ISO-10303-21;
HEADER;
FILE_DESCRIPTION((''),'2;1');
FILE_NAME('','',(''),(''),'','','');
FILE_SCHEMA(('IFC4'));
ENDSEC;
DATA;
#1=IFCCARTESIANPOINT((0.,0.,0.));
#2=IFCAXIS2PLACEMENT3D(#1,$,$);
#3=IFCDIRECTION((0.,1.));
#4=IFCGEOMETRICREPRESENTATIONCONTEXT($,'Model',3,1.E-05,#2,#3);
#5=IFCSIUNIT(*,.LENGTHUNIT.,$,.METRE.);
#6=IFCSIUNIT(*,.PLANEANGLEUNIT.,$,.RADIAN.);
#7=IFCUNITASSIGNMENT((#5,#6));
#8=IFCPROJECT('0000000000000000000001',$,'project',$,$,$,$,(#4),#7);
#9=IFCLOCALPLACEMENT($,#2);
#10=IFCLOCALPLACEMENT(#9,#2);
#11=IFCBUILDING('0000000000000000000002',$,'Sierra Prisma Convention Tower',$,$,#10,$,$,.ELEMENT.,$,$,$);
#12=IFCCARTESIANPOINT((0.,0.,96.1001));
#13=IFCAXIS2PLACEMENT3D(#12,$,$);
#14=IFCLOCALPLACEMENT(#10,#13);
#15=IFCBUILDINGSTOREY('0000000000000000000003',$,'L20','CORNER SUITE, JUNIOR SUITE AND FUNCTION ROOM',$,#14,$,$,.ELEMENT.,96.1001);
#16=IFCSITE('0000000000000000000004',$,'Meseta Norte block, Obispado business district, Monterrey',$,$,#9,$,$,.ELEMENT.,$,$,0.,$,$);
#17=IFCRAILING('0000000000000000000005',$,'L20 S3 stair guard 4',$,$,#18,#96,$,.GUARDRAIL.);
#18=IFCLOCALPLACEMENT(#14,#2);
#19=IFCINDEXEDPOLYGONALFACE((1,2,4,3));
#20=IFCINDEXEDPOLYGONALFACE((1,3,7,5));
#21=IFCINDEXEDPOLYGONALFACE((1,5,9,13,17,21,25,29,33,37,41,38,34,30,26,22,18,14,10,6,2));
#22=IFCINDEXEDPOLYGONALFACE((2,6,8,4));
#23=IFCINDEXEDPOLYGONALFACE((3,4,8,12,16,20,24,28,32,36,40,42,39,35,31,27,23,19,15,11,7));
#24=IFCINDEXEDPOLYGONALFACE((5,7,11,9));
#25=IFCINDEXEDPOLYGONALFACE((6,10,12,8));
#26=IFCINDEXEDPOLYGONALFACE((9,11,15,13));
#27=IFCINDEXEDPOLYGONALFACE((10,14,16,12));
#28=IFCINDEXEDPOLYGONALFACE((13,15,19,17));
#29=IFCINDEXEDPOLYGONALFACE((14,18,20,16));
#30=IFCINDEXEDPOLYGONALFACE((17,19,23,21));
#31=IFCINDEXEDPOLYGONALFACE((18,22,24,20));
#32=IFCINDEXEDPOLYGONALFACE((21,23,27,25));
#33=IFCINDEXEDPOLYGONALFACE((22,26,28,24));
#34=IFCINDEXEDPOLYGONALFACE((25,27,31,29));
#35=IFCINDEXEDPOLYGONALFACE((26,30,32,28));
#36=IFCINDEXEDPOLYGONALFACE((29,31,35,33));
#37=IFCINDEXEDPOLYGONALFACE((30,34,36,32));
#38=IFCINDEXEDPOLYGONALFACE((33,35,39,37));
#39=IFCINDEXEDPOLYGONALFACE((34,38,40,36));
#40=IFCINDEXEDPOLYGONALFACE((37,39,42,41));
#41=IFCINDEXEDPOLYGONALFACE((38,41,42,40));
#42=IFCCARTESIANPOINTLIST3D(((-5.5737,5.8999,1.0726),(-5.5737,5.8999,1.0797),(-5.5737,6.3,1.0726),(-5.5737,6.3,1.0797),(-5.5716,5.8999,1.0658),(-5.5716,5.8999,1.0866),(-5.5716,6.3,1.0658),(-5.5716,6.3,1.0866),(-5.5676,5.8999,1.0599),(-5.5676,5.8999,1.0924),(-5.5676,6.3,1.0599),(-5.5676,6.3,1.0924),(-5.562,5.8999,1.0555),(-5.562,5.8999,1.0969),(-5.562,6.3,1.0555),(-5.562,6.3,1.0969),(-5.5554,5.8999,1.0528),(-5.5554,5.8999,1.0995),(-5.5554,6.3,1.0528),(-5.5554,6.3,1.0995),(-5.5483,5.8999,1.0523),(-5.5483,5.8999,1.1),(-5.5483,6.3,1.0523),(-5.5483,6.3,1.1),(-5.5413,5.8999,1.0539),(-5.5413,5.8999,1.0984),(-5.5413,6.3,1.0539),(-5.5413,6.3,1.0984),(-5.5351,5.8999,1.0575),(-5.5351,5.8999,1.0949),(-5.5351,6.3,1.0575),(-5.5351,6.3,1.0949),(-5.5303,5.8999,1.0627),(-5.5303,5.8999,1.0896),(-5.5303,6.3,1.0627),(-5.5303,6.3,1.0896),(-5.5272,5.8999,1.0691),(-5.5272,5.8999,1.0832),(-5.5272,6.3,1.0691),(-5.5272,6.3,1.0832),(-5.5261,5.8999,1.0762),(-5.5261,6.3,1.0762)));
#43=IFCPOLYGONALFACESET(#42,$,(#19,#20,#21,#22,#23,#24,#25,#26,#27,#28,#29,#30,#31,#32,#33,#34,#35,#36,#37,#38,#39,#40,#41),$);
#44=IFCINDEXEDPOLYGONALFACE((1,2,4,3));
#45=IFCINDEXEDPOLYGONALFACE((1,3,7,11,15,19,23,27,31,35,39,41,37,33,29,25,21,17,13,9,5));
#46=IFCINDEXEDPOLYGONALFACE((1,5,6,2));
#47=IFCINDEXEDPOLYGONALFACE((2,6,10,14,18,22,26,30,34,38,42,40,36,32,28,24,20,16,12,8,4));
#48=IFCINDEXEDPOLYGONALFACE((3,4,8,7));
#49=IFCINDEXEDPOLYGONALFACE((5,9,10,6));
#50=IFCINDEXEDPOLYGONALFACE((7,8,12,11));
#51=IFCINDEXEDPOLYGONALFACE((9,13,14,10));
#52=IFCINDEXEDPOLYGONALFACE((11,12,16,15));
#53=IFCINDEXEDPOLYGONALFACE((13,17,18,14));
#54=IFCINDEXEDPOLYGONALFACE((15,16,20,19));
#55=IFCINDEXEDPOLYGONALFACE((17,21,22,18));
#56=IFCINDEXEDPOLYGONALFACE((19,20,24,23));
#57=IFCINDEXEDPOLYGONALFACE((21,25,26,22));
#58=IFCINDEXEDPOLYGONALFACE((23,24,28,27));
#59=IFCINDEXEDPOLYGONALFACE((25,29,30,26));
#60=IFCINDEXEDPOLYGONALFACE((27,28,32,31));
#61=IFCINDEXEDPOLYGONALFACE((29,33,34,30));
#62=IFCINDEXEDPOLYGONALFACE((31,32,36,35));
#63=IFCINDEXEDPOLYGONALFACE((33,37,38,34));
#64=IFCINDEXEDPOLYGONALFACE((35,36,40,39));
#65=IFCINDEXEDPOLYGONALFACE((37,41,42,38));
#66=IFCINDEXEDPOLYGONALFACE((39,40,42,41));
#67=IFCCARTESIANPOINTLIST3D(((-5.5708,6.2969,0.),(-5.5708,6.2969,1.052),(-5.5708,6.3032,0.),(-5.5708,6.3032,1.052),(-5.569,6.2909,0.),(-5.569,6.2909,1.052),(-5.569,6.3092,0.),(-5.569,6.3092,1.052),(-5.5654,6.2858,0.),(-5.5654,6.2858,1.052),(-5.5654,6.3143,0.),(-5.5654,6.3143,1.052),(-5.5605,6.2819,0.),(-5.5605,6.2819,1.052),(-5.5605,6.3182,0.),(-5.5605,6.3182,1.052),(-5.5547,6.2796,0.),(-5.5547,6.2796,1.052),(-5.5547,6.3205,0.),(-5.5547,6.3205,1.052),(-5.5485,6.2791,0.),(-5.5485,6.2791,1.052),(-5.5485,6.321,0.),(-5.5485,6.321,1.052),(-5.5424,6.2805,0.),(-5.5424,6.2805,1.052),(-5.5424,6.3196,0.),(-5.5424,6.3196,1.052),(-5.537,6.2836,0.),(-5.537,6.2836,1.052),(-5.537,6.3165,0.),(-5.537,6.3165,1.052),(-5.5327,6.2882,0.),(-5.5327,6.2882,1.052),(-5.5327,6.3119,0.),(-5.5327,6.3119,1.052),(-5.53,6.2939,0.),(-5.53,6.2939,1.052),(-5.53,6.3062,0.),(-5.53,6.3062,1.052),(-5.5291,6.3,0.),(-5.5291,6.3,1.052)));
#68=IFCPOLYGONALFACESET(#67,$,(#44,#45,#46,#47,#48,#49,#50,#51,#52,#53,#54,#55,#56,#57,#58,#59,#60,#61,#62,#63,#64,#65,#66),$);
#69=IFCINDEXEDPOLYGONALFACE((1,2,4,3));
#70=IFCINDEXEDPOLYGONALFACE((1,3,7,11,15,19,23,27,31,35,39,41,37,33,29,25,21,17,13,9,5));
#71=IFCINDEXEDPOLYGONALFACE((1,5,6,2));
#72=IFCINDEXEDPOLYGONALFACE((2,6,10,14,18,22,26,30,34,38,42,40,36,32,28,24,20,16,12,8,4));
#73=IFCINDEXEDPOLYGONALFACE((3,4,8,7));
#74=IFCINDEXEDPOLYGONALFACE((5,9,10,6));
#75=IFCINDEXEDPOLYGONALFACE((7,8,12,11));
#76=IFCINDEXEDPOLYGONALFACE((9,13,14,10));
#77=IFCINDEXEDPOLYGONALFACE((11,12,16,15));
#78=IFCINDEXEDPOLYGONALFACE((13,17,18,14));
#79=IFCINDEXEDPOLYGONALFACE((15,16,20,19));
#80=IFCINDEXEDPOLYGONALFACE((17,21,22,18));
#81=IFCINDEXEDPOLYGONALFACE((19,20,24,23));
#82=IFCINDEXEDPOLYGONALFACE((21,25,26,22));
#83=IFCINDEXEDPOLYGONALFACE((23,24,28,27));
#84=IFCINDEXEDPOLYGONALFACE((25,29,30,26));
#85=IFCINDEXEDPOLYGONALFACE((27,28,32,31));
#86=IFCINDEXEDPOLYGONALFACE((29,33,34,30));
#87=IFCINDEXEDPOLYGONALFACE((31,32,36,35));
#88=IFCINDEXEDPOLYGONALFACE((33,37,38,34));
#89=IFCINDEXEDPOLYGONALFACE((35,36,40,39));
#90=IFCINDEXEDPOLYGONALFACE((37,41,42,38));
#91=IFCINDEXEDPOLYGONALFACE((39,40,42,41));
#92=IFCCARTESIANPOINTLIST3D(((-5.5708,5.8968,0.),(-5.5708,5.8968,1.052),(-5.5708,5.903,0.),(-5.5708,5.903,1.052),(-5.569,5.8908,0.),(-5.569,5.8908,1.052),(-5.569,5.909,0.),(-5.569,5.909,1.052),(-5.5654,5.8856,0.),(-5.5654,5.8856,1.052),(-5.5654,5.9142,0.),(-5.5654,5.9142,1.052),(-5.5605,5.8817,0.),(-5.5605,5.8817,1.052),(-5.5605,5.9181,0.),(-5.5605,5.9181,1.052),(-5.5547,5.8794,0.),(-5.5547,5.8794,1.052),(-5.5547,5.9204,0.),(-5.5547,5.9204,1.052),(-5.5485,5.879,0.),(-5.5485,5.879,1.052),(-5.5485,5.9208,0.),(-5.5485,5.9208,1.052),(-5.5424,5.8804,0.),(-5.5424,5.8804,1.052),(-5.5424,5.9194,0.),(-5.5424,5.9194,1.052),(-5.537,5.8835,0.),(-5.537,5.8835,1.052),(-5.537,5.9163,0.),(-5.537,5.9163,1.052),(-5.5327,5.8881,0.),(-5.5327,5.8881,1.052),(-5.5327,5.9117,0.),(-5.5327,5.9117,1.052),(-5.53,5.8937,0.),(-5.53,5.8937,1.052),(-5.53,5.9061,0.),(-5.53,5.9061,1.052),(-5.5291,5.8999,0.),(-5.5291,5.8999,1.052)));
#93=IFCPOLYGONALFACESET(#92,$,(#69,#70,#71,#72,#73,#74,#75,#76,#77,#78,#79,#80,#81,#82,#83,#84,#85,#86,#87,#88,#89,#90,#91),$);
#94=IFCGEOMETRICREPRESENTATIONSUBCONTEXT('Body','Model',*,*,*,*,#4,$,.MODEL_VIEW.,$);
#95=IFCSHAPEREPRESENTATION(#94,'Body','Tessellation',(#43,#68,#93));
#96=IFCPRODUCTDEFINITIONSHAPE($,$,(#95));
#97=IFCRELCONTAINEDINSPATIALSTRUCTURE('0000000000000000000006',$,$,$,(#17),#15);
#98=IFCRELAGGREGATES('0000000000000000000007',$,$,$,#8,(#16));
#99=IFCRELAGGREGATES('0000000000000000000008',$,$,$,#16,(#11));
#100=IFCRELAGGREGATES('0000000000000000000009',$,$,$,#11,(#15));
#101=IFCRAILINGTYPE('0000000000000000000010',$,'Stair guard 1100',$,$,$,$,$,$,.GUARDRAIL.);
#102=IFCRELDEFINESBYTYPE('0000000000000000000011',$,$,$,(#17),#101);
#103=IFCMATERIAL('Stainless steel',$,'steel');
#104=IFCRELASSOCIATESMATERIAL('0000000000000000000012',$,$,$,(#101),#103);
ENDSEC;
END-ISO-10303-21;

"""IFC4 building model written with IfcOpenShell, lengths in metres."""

from ifc_helpers import new_model, si_unit, direction, frame, origin, origin_2d, place, context, subcontext, project, spatial, circle, extrude, material, type_object, element, save


model = new_model("IFC4")

# Units and contexts
model_context = context("Model", 3, precision=1e-05, world=origin(), true_north=direction((0.0, 1.0)))
body_context = subcontext(model_context, "Body", "Model", "MODEL_VIEW")
ifc_project = project(units=[si_unit("LENGTHUNIT", "METRE"), si_unit("PLANEANGLEUNIT", "RADIAN")], contexts=[model_context])

# Site, building, storey
site_placement = place(None, origin())
site = spatial("IfcSite", under=ifc_project, at=site_placement, Name="Meseta Norte block, Obispado business district, Monterrey", CompositionType="ELEMENT", RefElevation=0.0)
building_placement = place(site_placement, origin())
building = spatial("IfcBuilding", under=site, at=building_placement, Name="Sierra Prisma Convention Tower", CompositionType="ELEMENT")
storey_placement = place(building_placement, frame((0.0, 0.0, 96.1001)))
storey = spatial("IfcBuildingStorey", under=building, at=storey_placement, Name="L20", Description="CORNER SUITE, JUNIOR SUITE AND FUNCTION ROOM", CompositionType="ELEMENT", Elevation=96.1001)

# Railing
ifc_material_1 = material(Name="Stainless steel", Category="steel")
railing_type_1 = type_object("IfcRailingType", Name="Stair guard 1100", PredefinedType="GUARDRAIL", material=ifc_material_1)
railing_1_placement = place(storey_placement, frame((-5.55, 6.3, 0.0)))
element("IfcRailing", 1, at=railing_1_placement, inside=storey, type_object=railing_type_1, Name="L20 S3 stair guard 4", PredefinedType="GUARDRAIL", context=body_context, shape_type="SweptSolid", body=[
    extrude(circle(Radius=0.0239, at=origin_2d()), frame((0.0, 0.0, 1.0762), z_axis=(0.0, -1.0, 0.0), x_axis=(1.0, 0.0, 0.0)), (0.0, 0.0, 1.0), 0.4001),
    extrude(circle(Radius=0.021, at=origin_2d()), origin(), (0.0, 0.0, 1.0), 1.052),
    extrude(circle(Radius=0.021, at=origin_2d()), frame((0.0, -0.4001, 0.0)), (0.0, 0.0, 1.0), 1.052),
])

save(model, "model.ifc")
